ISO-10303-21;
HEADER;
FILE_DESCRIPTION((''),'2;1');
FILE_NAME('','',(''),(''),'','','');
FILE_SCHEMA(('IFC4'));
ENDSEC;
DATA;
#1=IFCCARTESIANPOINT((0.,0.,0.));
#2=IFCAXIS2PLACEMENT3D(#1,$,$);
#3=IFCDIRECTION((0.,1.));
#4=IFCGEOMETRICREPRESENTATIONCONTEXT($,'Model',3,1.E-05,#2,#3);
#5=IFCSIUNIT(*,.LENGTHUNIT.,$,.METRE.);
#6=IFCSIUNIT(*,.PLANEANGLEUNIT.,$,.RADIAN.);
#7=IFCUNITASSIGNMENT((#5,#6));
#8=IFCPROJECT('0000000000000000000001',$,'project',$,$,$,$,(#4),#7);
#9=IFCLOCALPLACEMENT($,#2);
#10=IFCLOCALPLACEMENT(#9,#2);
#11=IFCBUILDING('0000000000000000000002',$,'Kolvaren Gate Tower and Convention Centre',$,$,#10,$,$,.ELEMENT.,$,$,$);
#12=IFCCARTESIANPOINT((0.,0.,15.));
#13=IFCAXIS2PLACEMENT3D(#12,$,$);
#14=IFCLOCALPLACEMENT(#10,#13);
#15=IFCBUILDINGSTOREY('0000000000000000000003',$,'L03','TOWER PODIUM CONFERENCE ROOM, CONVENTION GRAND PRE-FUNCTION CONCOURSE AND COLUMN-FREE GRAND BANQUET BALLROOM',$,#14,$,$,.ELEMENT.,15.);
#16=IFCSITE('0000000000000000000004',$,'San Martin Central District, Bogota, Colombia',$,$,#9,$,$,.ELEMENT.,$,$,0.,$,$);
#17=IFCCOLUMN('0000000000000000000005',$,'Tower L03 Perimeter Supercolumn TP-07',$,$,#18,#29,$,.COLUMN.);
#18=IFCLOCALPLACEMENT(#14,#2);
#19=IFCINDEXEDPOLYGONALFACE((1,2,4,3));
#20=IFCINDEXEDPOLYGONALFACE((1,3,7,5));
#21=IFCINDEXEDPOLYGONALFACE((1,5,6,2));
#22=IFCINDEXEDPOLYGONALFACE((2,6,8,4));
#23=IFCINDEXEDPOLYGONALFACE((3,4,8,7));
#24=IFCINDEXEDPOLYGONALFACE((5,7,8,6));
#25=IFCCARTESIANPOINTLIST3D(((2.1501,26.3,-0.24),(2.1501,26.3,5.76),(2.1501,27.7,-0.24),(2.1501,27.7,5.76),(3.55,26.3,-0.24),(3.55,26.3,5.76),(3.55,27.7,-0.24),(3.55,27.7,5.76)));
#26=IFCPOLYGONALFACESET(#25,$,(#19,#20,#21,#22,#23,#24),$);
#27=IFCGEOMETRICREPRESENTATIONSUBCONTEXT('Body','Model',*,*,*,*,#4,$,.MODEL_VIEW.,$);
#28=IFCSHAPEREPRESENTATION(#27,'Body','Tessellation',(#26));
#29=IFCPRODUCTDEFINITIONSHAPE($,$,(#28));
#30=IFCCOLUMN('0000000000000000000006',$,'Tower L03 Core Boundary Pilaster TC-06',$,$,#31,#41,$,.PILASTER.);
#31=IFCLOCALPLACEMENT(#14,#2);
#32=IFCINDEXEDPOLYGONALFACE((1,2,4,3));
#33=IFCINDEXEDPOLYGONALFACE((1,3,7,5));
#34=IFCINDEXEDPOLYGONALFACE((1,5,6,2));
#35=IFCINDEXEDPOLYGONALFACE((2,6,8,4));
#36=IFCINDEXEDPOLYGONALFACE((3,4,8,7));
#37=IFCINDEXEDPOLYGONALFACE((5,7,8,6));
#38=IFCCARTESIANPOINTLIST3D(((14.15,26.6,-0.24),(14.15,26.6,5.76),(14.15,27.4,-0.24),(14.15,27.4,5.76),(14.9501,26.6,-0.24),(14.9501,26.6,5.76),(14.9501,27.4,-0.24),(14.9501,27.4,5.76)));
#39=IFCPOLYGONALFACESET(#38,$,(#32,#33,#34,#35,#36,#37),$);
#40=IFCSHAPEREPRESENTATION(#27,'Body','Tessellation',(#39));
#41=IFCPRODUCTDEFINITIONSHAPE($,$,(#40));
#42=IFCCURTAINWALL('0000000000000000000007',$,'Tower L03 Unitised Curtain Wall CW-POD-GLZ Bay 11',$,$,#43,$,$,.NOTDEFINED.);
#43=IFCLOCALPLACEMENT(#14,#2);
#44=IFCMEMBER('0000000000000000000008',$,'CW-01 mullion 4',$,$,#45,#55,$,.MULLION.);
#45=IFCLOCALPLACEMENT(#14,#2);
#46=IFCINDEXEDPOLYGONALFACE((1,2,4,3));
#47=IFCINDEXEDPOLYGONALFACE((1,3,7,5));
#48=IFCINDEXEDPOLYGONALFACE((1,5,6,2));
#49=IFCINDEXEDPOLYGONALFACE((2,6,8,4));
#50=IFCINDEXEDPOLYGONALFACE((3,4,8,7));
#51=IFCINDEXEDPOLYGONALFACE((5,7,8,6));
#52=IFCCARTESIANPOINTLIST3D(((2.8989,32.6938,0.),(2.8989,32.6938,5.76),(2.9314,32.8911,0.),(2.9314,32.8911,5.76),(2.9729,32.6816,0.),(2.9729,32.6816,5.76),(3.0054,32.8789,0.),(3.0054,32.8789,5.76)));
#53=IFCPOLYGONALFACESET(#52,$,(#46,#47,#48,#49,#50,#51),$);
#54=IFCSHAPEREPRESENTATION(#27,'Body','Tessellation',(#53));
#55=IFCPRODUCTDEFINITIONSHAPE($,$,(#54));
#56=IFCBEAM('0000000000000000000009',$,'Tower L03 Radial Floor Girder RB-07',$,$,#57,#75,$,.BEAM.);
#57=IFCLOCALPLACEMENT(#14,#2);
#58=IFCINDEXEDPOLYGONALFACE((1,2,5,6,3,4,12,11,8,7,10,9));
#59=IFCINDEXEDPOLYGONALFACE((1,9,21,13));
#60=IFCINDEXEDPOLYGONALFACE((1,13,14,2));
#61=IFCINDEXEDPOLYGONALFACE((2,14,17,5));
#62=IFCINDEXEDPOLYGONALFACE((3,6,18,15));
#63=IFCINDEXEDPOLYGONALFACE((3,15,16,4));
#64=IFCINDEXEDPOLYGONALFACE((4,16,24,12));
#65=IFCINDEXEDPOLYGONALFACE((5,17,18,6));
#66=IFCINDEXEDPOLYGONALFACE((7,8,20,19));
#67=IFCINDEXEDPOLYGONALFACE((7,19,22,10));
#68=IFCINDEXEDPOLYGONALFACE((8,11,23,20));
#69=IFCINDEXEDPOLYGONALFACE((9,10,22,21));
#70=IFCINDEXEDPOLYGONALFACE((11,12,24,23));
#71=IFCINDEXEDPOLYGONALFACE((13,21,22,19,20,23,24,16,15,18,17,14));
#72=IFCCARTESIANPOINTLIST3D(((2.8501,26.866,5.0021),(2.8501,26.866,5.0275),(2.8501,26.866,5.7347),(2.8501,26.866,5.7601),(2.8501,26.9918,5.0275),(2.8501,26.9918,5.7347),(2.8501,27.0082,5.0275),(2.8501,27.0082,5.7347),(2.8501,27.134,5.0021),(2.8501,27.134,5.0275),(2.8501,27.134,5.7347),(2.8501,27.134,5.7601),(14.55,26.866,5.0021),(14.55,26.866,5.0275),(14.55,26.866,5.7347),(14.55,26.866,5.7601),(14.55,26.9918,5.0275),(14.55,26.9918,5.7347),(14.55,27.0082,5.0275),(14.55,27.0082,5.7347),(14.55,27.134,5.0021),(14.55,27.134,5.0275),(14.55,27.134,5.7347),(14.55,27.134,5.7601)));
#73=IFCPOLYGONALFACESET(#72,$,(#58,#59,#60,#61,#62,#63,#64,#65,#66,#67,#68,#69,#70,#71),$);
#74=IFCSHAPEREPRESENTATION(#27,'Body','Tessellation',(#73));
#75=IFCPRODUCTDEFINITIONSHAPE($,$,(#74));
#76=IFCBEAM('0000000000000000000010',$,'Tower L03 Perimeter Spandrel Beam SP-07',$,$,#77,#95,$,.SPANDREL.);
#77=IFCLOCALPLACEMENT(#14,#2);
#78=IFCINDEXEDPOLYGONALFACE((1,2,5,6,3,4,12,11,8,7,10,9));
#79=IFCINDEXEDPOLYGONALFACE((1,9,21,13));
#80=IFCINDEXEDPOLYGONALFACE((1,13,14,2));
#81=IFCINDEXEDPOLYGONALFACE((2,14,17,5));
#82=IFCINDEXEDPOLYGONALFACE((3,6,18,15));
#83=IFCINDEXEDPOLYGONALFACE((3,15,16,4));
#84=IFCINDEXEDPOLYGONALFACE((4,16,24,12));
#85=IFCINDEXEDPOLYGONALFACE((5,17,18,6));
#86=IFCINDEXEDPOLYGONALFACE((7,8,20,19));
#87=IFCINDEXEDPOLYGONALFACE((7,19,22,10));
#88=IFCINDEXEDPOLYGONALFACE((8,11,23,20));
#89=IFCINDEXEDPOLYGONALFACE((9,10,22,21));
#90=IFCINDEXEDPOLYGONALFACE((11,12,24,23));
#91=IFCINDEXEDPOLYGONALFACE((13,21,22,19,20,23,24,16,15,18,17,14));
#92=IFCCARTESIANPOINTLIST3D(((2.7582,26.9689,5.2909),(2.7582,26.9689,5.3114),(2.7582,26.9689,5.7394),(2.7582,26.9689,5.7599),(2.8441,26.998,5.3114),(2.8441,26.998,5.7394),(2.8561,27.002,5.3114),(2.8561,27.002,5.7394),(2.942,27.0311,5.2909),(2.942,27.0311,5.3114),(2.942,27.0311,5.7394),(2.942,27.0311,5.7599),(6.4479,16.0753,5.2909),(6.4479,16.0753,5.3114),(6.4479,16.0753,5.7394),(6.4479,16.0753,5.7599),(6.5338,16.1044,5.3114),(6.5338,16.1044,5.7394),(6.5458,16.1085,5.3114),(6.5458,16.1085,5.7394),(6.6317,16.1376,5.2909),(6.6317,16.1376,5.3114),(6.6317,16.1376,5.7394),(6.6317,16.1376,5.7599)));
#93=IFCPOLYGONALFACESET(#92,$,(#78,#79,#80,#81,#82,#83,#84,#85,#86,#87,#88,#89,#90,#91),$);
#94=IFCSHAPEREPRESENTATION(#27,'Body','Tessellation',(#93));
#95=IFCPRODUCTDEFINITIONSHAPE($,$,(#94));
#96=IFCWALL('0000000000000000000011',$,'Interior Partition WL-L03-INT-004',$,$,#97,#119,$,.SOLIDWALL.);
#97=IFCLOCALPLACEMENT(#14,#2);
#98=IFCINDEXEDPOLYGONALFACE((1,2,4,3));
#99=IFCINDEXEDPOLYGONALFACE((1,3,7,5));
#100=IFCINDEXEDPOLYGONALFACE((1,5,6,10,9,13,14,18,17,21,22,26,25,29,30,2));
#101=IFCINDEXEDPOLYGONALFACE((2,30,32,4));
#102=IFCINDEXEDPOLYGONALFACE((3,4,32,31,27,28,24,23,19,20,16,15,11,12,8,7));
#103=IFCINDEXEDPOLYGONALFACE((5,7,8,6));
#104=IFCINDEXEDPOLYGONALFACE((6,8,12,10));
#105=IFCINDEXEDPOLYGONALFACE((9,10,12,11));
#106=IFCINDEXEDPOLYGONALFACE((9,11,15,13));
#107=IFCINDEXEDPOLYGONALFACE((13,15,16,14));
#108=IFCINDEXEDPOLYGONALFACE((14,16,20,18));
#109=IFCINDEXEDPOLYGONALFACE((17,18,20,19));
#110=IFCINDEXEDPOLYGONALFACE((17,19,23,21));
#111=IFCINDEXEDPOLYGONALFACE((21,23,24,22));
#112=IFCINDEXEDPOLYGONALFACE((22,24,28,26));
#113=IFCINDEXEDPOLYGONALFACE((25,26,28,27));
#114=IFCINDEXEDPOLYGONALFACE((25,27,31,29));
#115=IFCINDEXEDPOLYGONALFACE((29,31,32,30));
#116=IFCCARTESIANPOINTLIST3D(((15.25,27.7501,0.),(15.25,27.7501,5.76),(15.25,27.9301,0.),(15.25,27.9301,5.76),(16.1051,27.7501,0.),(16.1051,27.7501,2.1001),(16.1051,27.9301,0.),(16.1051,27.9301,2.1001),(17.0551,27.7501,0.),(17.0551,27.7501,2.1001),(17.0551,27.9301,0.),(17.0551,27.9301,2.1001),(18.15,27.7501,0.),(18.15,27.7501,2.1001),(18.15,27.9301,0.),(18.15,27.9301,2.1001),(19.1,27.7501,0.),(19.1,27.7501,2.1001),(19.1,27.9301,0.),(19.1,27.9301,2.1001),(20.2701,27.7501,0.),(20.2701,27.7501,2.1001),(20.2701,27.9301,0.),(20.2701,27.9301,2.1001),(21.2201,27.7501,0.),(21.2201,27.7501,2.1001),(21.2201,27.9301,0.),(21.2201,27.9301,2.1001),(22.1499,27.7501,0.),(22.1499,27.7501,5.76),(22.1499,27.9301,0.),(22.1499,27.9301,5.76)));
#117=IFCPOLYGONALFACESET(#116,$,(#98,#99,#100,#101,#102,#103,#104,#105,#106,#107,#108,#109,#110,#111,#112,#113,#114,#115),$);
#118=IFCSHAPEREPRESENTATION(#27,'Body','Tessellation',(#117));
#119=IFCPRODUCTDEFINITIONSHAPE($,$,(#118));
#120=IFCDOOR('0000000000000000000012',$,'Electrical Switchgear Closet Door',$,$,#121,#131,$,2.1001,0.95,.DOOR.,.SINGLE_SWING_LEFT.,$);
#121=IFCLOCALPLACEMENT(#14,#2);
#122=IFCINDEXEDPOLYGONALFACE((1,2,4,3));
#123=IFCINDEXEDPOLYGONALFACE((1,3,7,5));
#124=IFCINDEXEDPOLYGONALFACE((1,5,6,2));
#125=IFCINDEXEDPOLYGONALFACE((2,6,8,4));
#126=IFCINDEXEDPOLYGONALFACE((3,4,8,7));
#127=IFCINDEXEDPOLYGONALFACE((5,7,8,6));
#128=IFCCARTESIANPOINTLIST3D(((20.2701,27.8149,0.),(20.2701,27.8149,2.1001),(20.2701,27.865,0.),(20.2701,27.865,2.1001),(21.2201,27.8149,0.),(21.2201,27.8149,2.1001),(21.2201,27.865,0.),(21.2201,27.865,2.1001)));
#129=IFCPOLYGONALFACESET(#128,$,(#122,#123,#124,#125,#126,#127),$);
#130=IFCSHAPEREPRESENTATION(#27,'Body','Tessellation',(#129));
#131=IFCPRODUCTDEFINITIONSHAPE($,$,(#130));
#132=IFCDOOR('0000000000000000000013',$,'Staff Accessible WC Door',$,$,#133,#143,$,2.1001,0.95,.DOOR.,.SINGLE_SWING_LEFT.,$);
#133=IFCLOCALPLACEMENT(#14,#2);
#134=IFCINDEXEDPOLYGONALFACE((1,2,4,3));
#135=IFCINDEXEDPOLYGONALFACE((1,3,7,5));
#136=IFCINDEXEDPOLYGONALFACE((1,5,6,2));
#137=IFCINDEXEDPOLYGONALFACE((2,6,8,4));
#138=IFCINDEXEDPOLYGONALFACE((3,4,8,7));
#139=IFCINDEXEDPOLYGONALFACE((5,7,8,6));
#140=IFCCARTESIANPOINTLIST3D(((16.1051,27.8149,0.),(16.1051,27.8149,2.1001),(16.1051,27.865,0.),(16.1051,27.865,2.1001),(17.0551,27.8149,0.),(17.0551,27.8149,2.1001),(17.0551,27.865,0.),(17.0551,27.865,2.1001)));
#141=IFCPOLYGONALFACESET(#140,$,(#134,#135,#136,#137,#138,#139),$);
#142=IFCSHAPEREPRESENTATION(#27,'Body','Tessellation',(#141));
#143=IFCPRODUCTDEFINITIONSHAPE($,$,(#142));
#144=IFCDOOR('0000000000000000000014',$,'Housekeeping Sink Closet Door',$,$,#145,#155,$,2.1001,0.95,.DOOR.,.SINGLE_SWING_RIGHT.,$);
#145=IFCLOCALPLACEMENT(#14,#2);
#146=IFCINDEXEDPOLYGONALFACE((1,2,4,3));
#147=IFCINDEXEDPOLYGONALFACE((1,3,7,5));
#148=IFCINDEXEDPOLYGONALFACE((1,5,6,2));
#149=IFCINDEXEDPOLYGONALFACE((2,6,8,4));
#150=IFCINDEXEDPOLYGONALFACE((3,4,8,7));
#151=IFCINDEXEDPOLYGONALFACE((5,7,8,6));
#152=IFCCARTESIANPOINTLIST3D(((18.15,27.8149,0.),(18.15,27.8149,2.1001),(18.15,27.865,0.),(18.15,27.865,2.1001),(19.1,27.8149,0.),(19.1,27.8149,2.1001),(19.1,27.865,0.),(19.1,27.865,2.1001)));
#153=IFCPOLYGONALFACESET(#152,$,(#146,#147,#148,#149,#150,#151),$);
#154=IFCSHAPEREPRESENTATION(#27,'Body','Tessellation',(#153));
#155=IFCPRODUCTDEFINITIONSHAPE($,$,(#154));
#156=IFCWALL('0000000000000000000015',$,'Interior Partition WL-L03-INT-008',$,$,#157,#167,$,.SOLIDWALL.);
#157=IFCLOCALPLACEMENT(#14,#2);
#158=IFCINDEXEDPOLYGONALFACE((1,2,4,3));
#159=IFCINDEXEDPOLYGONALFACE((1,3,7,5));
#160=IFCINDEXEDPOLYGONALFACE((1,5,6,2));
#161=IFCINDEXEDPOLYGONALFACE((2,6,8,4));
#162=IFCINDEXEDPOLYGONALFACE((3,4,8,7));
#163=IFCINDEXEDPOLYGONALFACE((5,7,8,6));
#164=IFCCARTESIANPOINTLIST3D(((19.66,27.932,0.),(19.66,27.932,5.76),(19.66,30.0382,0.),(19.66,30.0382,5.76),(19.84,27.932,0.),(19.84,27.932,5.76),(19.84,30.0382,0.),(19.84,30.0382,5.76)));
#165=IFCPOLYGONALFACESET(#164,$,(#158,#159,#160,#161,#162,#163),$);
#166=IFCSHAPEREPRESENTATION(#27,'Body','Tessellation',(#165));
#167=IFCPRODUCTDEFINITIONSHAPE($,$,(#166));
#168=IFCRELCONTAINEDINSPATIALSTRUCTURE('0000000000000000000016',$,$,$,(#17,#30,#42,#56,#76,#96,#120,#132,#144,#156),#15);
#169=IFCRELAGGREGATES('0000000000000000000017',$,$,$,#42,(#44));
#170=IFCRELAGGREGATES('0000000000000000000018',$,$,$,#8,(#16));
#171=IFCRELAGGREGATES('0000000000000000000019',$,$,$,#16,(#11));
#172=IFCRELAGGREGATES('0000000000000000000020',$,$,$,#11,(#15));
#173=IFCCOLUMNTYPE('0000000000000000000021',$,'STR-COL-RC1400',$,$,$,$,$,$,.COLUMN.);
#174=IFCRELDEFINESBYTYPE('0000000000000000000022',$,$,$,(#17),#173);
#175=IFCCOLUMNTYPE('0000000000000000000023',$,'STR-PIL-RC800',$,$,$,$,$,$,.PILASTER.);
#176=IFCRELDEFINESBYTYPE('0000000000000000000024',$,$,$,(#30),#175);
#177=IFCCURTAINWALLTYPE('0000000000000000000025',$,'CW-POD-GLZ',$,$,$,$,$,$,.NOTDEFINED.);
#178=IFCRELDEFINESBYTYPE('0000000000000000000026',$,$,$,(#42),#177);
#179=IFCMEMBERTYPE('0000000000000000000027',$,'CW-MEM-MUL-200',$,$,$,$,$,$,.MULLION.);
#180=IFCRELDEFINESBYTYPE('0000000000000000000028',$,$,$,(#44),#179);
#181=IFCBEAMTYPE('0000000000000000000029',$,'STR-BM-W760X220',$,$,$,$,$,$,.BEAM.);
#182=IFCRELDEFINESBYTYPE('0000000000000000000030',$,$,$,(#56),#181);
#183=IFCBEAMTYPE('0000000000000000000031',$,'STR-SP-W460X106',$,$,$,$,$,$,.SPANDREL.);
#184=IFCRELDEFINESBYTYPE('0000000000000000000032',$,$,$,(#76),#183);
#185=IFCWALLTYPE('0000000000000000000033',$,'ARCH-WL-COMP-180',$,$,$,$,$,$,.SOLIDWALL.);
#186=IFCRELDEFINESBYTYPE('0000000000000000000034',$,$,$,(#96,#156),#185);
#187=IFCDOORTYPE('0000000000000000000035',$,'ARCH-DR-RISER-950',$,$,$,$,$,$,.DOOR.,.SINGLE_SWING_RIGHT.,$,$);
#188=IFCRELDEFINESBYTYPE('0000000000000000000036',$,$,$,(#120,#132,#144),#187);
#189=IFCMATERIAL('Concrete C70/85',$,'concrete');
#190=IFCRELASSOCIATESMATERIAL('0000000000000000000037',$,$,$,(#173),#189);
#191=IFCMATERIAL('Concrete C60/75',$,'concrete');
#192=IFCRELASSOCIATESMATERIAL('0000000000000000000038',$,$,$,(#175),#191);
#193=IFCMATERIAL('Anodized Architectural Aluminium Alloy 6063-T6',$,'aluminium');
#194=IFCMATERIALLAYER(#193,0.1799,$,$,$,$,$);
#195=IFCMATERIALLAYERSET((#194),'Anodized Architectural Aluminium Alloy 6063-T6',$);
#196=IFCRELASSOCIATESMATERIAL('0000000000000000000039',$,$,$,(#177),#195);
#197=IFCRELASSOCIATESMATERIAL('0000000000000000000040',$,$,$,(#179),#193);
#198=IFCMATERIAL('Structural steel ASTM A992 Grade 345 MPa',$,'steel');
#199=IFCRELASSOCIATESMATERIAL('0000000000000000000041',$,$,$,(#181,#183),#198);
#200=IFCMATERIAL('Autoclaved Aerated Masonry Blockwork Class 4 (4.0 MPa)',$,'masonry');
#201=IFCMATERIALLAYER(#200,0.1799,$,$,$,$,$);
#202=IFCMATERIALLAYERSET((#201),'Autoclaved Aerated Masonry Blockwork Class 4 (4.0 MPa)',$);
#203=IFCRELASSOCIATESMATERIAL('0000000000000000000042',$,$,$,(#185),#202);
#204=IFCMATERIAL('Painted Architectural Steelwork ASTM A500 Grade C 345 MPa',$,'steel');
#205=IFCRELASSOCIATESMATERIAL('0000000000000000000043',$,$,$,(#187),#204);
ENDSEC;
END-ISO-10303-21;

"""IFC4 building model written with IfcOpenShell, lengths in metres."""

from ifc_helpers import new_model, si_unit, direction, frame, frame_2d, origin, origin_2d, place, context, subcontext, project, spatial, rectangle, i_section, extrude, material, layer, layer_set, material_profile, profile_set, type_object, element, fill, aggregate, save


model = new_model("IFC4")

# Units and contexts
model_context = context("Model", 3, precision=1e-05, world=origin(), true_north=direction((0.0, 1.0)))
body_context = subcontext(model_context, "Body", "Model", "MODEL_VIEW")
ifc_project = project(units=[si_unit("LENGTHUNIT", "METRE"), si_unit("PLANEANGLEUNIT", "RADIAN")], contexts=[model_context])

# Site, building, storey
site_placement = place(None, origin())
site = spatial("IfcSite", under=ifc_project, at=site_placement, Name="San Martin Central District, Bogota, Colombia", CompositionType="ELEMENT", RefElevation=0.0)
building_placement = place(site_placement, origin())
building = spatial("IfcBuilding", under=site, at=building_placement, Name="Kolvaren Gate Tower and Convention Centre", CompositionType="ELEMENT")
storey_placement = place(building_placement, frame((0.0, 0.0, 15.0)))
storey = spatial("IfcBuildingStorey", under=building, at=storey_placement, Name="L03", Description="TOWER PODIUM CONFERENCE ROOM, CONVENTION GRAND PRE-FUNCTION CONCOURSE AND COLUMN-FREE GRAND BANQUET BALLROOM", CompositionType="ELEMENT", Elevation=15.0)

# Columns
ifc_material_1 = material(Name="Concrete C70/85", Category="concrete")
ifc_material_profile_1 = material_profile(ifc_material_1, rectangle(XDim=1.3999, YDim=1.3999, at=origin_2d()), Name="RC-COL-1400X1400")
ifc_profile_set_1 = profile_set([ifc_material_profile_1], Name="Concrete C70/85")
column_type_1 = type_object("IfcColumnType", Name="STR-COL-RC1400", PredefinedType="COLUMN", material=ifc_profile_set_1)
column_1_placement = place(storey_placement, frame((2.8501, 27.0, -0.24), z_axis=(0.0, 0.0, 1.0), x_axis=(1.0, 0.0, 0.0)))
element("IfcColumn", 1, at=column_1_placement, inside=storey, type_object=column_type_1, Name="Tower L03 Perimeter Supercolumn TP-07", PredefinedType="COLUMN", context=body_context, shape_type="SweptSolid", body=[
    extrude(rectangle(XDim=1.3999, YDim=1.3999, at=origin_2d()), origin(), (0.0, 0.0, 1.0), 6.0),
])
ifc_material_2 = material(Name="Concrete C60/75", Category="concrete")
ifc_material_profile_2 = material_profile(ifc_material_2, rectangle(XDim=0.8, YDim=0.8, at=origin_2d()), Name="RC-COL-800X800")
ifc_profile_set_2 = profile_set([ifc_material_profile_2], Name="Concrete C60/75")
column_type_2 = type_object("IfcColumnType", Name="STR-PIL-RC800", PredefinedType="PILASTER", material=ifc_profile_set_2)
column_2_placement = place(storey_placement, frame((14.55, 27.0, -0.24), z_axis=(0.0, 0.0, 1.0), x_axis=(1.0, 0.0, 0.0)))
element("IfcColumn", 2, at=column_2_placement, inside=storey, type_object=column_type_2, Name="Tower L03 Core Boundary Pilaster TC-06", PredefinedType="PILASTER", context=body_context, shape_type="SweptSolid", body=[
    extrude(rectangle(XDim=0.8, YDim=0.8, at=origin_2d()), origin(), (0.0, 0.0, 1.0), 6.0),
])

# Curtain wall, member
ifc_material_3 = material(Name="Anodized Architectural Aluminium Alloy 6063-T6", Category="aluminium")
ifc_layer_1 = layer(ifc_material_3, 0.1799)
ifc_layer_set_1 = layer_set([ifc_layer_1], Name="Anodized Architectural Aluminium Alloy 6063-T6")
curtain_wall_type = type_object("IfcCurtainWallType", Name="CW-POD-GLZ", PredefinedType="NOTDEFINED", material=ifc_layer_set_1)
curtain_wall_placement = place(storey_placement, origin())
curtain_wall = element("IfcCurtainWall", 3, at=curtain_wall_placement, inside=storey, type_object=curtain_wall_type, Name="Tower L03 Unitised Curtain Wall CW-POD-GLZ Bay 11", PredefinedType="NOTDEFINED")
ifc_material_profile_3 = material_profile(ifc_material_3, rectangle(XDim=0.075, YDim=0.2, at=origin_2d()), Name="CW-MEM-MUL-200")
ifc_profile_set_3 = profile_set([ifc_material_profile_3], Name="Anodized Architectural Aluminium Alloy 6063-T6")
member_type = type_object("IfcMemberType", Name="CW-MEM-MUL-200", PredefinedType="MULLION", material=ifc_profile_set_3)
member_placement = place(storey_placement, frame((2.9521, 32.7864, 0.0), z_axis=(0.0, 0.0, 1.0), x_axis=(-0.986729, 0.162376, 0.0)))
member = element("IfcMember", 4, at=member_placement, type_object=member_type, Name="CW-01 mullion 4", PredefinedType="MULLION", context=body_context, shape_type="SweptSolid", body=[
    extrude(rectangle(XDim=0.075, YDim=0.2, at=origin_2d()), origin(), (0.0, 0.0, 1.0), 5.76),
])
aggregate(curtain_wall, [member])

# Beams
ifc_material_4 = material(Name="Structural steel ASTM A992 Grade 345 MPa", Category="steel")
ifc_material_profile_4 = material_profile(ifc_material_4, i_section(OverallWidth=0.2681, OverallDepth=0.7581, WebThickness=0.0164, FlangeThickness=0.0254, at=origin_2d()), Name="W760X220")
ifc_profile_set_4 = profile_set([ifc_material_profile_4], Name="Structural steel ASTM A992 Grade 345 MPa")
beam_type_1 = type_object("IfcBeamType", Name="STR-BM-W760X220", PredefinedType="BEAM", material=ifc_profile_set_4)
beam_1_placement = place(storey_placement, frame((14.55, 27.0, 5.3811), z_axis=(-1.0, 0.0, 0.0), x_axis=(0.0, -1.0, 0.0)))
element("IfcBeam", 5, at=beam_1_placement, inside=storey, type_object=beam_type_1, Name="Tower L03 Radial Floor Girder RB-07", PredefinedType="BEAM", context=body_context, shape_type="SweptSolid", body=[
    extrude(i_section(OverallWidth=0.2681, OverallDepth=0.7581, WebThickness=0.0164, FlangeThickness=0.0254, at=origin_2d()), origin(), (0.0, 0.0, 1.0), 11.7),
])
ifc_material_profile_5 = material_profile(ifc_material_4, i_section(OverallWidth=0.1941, OverallDepth=0.469, WebThickness=0.0127, FlangeThickness=0.0205, at=origin_2d()), Name="W460X106")
ifc_profile_set_5 = profile_set([ifc_material_profile_5], Name="Structural steel ASTM A992 Grade 345 MPa")
beam_type_2 = type_object("IfcBeamType", Name="STR-SP-W460X106", PredefinedType="SPANDREL", material=ifc_profile_set_5)
beam_2_placement = place(storey_placement, frame((2.8501, 27.0, 5.5254), z_axis=(0.320803, -0.947146, 0.0), x_axis=(0.947146, 0.320803, 0.0)))
element("IfcBeam", 6, at=beam_2_placement, inside=storey, type_object=beam_type_2, Name="Tower L03 Perimeter Spandrel Beam SP-07", PredefinedType="SPANDREL", context=body_context, shape_type="SweptSolid", body=[
    extrude(i_section(OverallWidth=0.1941, OverallDepth=0.469, WebThickness=0.0127, FlangeThickness=0.0205, at=origin_2d()), origin(), (0.0, 0.0, 1.0), 11.5015),
])

# Wall, openings, doors
ifc_material_5 = material(Name="Autoclaved Aerated Masonry Blockwork Class 4 (4.0 MPa)", Category="masonry")
ifc_layer_2 = layer(ifc_material_5, 0.1799)
ifc_layer_set_2 = layer_set([ifc_layer_2], Name="Autoclaved Aerated Masonry Blockwork Class 4 (4.0 MPa)")
wall_type_1 = type_object("IfcWallType", Name="ARCH-WL-COMP-180", PredefinedType="SOLIDWALL", material=ifc_layer_set_2)
wall_1_placement = place(storey_placement, frame((15.25, 27.8401, 0.0), z_axis=(0.0, 0.0, 1.0), x_axis=(1.0, 0.0, 0.0)))
wall_1 = element("IfcWall", 7, at=wall_1_placement, inside=storey, type_object=wall_type_1, Name="Interior Partition WL-L03-INT-004", PredefinedType="SOLIDWALL", context=body_context, shape_type="SweptSolid", body=[
    extrude(rectangle(XDim=6.8999, YDim=0.1799, at=frame_2d((3.45, 0.0))), origin(), (0.0, 0.0, 1.0), 5.76),
])
opening_1_placement = place(wall_1_placement, frame((5.02, 0.0, 0.0)))
opening_1 = element("IfcOpeningElement", 8, at=opening_1_placement, cuts=wall_1, PredefinedType="OPENING", context=body_context, shape_type="SweptSolid", body=[
    extrude(rectangle(XDim=0.95, YDim=2.1001, at=frame_2d((0.4751, 1.05))), frame((0.0, 0.0999, 0.0), z_axis=(0.0, -1.0, 0.0), x_axis=(1.0, 0.0, 0.0)), (0.0, 0.0, 1.0), 0.2),
])
opening_2_placement = place(wall_1_placement, frame((0.855, 0.0, 0.0)))
opening_2 = element("IfcOpeningElement", 9, at=opening_2_placement, cuts=wall_1, PredefinedType="OPENING", context=body_context, shape_type="SweptSolid", body=[
    extrude(rectangle(XDim=0.95, YDim=2.1001, at=frame_2d((0.4751, 1.05))), frame((0.0, 0.0999, 0.0), z_axis=(0.0, -1.0, 0.0), x_axis=(1.0, 0.0, 0.0)), (0.0, 0.0, 1.0), 0.2),
])
opening_3_placement = place(wall_1_placement, frame((2.8999, 0.0, 0.0)))
opening_3 = element("IfcOpeningElement", 10, at=opening_3_placement, cuts=wall_1, PredefinedType="OPENING", context=body_context, shape_type="SweptSolid", body=[
    extrude(rectangle(XDim=0.95, YDim=2.1001, at=frame_2d((0.4751, 1.05))), frame((0.0, 0.0999, 0.0), z_axis=(0.0, -1.0, 0.0), x_axis=(1.0, 0.0, 0.0)), (0.0, 0.0, 1.0), 0.2),
])
ifc_material_6 = material(Name="Painted Architectural Steelwork ASTM A500 Grade C 345 MPa", Category="steel")
door_type = type_object("IfcDoorType", Name="ARCH-DR-RISER-950", OperationType="SINGLE_SWING_RIGHT", PredefinedType="DOOR", material=ifc_material_6)
door_1_placement = place(opening_1_placement, origin())
door_1 = element("IfcDoor", 11, at=door_1_placement, inside=storey, type_object=door_type, Name="Electrical Switchgear Closet Door", OperationType="SINGLE_SWING_LEFT", OverallHeight=2.1001, OverallWidth=0.95, PredefinedType="DOOR", context=body_context, shape_type="SweptSolid", body=[
    extrude(rectangle(XDim=0.95, YDim=2.1001, at=frame_2d((0.4751, 1.05))), frame((0.0, 0.0249, 0.0), z_axis=(0.0, -1.0, 0.0), x_axis=(1.0, 0.0, 0.0)), (0.0, 0.0, 1.0), 0.05),
])
fill(opening_1, door_1)
door_2_placement = place(opening_2_placement, origin())
door_2 = element("IfcDoor", 12, at=door_2_placement, inside=storey, type_object=door_type, Name="Staff Accessible WC Door", OperationType="SINGLE_SWING_LEFT", OverallHeight=2.1001, OverallWidth=0.95, PredefinedType="DOOR", context=body_context, shape_type="SweptSolid", body=[
    extrude(rectangle(XDim=0.95, YDim=2.1001, at=frame_2d((0.4751, 1.05))), frame((0.0, 0.0249, 0.0), z_axis=(0.0, -1.0, 0.0), x_axis=(1.0, 0.0, 0.0)), (0.0, 0.0, 1.0), 0.05),
])
fill(opening_2, door_2)
door_3_placement = place(opening_3_placement, origin())
door_3 = element("IfcDoor", 13, at=door_3_placement, inside=storey, type_object=door_type, Name="Housekeeping Sink Closet Door", OperationType="SINGLE_SWING_RIGHT", OverallHeight=2.1001, OverallWidth=0.95, PredefinedType="DOOR", context=body_context, shape_type="SweptSolid", body=[
    extrude(rectangle(XDim=0.95, YDim=2.1001, at=frame_2d((0.4751, 1.05))), frame((0.0, 0.0249, 0.0), z_axis=(0.0, -1.0, 0.0), x_axis=(1.0, 0.0, 0.0)), (0.0, 0.0, 1.0), 0.05),
])
fill(opening_3, door_3)

# Wall
wall_2_placement = place(storey_placement, frame((19.75, 27.9319, 0.0), z_axis=(0.0, 0.0, 1.0), x_axis=(0.0, 1.0, 0.0)))
element("IfcWall", 14, at=wall_2_placement, inside=storey, type_object=wall_type_1, Name="Interior Partition WL-L03-INT-008", PredefinedType="SOLIDWALL", context=body_context, shape_type="SweptSolid", body=[
    extrude(rectangle(XDim=2.1062, YDim=0.1799, at=frame_2d((1.0532, 0.0))), origin(), (0.0, 0.0, 1.0), 5.76),
])

save(model, "model.ifc")
